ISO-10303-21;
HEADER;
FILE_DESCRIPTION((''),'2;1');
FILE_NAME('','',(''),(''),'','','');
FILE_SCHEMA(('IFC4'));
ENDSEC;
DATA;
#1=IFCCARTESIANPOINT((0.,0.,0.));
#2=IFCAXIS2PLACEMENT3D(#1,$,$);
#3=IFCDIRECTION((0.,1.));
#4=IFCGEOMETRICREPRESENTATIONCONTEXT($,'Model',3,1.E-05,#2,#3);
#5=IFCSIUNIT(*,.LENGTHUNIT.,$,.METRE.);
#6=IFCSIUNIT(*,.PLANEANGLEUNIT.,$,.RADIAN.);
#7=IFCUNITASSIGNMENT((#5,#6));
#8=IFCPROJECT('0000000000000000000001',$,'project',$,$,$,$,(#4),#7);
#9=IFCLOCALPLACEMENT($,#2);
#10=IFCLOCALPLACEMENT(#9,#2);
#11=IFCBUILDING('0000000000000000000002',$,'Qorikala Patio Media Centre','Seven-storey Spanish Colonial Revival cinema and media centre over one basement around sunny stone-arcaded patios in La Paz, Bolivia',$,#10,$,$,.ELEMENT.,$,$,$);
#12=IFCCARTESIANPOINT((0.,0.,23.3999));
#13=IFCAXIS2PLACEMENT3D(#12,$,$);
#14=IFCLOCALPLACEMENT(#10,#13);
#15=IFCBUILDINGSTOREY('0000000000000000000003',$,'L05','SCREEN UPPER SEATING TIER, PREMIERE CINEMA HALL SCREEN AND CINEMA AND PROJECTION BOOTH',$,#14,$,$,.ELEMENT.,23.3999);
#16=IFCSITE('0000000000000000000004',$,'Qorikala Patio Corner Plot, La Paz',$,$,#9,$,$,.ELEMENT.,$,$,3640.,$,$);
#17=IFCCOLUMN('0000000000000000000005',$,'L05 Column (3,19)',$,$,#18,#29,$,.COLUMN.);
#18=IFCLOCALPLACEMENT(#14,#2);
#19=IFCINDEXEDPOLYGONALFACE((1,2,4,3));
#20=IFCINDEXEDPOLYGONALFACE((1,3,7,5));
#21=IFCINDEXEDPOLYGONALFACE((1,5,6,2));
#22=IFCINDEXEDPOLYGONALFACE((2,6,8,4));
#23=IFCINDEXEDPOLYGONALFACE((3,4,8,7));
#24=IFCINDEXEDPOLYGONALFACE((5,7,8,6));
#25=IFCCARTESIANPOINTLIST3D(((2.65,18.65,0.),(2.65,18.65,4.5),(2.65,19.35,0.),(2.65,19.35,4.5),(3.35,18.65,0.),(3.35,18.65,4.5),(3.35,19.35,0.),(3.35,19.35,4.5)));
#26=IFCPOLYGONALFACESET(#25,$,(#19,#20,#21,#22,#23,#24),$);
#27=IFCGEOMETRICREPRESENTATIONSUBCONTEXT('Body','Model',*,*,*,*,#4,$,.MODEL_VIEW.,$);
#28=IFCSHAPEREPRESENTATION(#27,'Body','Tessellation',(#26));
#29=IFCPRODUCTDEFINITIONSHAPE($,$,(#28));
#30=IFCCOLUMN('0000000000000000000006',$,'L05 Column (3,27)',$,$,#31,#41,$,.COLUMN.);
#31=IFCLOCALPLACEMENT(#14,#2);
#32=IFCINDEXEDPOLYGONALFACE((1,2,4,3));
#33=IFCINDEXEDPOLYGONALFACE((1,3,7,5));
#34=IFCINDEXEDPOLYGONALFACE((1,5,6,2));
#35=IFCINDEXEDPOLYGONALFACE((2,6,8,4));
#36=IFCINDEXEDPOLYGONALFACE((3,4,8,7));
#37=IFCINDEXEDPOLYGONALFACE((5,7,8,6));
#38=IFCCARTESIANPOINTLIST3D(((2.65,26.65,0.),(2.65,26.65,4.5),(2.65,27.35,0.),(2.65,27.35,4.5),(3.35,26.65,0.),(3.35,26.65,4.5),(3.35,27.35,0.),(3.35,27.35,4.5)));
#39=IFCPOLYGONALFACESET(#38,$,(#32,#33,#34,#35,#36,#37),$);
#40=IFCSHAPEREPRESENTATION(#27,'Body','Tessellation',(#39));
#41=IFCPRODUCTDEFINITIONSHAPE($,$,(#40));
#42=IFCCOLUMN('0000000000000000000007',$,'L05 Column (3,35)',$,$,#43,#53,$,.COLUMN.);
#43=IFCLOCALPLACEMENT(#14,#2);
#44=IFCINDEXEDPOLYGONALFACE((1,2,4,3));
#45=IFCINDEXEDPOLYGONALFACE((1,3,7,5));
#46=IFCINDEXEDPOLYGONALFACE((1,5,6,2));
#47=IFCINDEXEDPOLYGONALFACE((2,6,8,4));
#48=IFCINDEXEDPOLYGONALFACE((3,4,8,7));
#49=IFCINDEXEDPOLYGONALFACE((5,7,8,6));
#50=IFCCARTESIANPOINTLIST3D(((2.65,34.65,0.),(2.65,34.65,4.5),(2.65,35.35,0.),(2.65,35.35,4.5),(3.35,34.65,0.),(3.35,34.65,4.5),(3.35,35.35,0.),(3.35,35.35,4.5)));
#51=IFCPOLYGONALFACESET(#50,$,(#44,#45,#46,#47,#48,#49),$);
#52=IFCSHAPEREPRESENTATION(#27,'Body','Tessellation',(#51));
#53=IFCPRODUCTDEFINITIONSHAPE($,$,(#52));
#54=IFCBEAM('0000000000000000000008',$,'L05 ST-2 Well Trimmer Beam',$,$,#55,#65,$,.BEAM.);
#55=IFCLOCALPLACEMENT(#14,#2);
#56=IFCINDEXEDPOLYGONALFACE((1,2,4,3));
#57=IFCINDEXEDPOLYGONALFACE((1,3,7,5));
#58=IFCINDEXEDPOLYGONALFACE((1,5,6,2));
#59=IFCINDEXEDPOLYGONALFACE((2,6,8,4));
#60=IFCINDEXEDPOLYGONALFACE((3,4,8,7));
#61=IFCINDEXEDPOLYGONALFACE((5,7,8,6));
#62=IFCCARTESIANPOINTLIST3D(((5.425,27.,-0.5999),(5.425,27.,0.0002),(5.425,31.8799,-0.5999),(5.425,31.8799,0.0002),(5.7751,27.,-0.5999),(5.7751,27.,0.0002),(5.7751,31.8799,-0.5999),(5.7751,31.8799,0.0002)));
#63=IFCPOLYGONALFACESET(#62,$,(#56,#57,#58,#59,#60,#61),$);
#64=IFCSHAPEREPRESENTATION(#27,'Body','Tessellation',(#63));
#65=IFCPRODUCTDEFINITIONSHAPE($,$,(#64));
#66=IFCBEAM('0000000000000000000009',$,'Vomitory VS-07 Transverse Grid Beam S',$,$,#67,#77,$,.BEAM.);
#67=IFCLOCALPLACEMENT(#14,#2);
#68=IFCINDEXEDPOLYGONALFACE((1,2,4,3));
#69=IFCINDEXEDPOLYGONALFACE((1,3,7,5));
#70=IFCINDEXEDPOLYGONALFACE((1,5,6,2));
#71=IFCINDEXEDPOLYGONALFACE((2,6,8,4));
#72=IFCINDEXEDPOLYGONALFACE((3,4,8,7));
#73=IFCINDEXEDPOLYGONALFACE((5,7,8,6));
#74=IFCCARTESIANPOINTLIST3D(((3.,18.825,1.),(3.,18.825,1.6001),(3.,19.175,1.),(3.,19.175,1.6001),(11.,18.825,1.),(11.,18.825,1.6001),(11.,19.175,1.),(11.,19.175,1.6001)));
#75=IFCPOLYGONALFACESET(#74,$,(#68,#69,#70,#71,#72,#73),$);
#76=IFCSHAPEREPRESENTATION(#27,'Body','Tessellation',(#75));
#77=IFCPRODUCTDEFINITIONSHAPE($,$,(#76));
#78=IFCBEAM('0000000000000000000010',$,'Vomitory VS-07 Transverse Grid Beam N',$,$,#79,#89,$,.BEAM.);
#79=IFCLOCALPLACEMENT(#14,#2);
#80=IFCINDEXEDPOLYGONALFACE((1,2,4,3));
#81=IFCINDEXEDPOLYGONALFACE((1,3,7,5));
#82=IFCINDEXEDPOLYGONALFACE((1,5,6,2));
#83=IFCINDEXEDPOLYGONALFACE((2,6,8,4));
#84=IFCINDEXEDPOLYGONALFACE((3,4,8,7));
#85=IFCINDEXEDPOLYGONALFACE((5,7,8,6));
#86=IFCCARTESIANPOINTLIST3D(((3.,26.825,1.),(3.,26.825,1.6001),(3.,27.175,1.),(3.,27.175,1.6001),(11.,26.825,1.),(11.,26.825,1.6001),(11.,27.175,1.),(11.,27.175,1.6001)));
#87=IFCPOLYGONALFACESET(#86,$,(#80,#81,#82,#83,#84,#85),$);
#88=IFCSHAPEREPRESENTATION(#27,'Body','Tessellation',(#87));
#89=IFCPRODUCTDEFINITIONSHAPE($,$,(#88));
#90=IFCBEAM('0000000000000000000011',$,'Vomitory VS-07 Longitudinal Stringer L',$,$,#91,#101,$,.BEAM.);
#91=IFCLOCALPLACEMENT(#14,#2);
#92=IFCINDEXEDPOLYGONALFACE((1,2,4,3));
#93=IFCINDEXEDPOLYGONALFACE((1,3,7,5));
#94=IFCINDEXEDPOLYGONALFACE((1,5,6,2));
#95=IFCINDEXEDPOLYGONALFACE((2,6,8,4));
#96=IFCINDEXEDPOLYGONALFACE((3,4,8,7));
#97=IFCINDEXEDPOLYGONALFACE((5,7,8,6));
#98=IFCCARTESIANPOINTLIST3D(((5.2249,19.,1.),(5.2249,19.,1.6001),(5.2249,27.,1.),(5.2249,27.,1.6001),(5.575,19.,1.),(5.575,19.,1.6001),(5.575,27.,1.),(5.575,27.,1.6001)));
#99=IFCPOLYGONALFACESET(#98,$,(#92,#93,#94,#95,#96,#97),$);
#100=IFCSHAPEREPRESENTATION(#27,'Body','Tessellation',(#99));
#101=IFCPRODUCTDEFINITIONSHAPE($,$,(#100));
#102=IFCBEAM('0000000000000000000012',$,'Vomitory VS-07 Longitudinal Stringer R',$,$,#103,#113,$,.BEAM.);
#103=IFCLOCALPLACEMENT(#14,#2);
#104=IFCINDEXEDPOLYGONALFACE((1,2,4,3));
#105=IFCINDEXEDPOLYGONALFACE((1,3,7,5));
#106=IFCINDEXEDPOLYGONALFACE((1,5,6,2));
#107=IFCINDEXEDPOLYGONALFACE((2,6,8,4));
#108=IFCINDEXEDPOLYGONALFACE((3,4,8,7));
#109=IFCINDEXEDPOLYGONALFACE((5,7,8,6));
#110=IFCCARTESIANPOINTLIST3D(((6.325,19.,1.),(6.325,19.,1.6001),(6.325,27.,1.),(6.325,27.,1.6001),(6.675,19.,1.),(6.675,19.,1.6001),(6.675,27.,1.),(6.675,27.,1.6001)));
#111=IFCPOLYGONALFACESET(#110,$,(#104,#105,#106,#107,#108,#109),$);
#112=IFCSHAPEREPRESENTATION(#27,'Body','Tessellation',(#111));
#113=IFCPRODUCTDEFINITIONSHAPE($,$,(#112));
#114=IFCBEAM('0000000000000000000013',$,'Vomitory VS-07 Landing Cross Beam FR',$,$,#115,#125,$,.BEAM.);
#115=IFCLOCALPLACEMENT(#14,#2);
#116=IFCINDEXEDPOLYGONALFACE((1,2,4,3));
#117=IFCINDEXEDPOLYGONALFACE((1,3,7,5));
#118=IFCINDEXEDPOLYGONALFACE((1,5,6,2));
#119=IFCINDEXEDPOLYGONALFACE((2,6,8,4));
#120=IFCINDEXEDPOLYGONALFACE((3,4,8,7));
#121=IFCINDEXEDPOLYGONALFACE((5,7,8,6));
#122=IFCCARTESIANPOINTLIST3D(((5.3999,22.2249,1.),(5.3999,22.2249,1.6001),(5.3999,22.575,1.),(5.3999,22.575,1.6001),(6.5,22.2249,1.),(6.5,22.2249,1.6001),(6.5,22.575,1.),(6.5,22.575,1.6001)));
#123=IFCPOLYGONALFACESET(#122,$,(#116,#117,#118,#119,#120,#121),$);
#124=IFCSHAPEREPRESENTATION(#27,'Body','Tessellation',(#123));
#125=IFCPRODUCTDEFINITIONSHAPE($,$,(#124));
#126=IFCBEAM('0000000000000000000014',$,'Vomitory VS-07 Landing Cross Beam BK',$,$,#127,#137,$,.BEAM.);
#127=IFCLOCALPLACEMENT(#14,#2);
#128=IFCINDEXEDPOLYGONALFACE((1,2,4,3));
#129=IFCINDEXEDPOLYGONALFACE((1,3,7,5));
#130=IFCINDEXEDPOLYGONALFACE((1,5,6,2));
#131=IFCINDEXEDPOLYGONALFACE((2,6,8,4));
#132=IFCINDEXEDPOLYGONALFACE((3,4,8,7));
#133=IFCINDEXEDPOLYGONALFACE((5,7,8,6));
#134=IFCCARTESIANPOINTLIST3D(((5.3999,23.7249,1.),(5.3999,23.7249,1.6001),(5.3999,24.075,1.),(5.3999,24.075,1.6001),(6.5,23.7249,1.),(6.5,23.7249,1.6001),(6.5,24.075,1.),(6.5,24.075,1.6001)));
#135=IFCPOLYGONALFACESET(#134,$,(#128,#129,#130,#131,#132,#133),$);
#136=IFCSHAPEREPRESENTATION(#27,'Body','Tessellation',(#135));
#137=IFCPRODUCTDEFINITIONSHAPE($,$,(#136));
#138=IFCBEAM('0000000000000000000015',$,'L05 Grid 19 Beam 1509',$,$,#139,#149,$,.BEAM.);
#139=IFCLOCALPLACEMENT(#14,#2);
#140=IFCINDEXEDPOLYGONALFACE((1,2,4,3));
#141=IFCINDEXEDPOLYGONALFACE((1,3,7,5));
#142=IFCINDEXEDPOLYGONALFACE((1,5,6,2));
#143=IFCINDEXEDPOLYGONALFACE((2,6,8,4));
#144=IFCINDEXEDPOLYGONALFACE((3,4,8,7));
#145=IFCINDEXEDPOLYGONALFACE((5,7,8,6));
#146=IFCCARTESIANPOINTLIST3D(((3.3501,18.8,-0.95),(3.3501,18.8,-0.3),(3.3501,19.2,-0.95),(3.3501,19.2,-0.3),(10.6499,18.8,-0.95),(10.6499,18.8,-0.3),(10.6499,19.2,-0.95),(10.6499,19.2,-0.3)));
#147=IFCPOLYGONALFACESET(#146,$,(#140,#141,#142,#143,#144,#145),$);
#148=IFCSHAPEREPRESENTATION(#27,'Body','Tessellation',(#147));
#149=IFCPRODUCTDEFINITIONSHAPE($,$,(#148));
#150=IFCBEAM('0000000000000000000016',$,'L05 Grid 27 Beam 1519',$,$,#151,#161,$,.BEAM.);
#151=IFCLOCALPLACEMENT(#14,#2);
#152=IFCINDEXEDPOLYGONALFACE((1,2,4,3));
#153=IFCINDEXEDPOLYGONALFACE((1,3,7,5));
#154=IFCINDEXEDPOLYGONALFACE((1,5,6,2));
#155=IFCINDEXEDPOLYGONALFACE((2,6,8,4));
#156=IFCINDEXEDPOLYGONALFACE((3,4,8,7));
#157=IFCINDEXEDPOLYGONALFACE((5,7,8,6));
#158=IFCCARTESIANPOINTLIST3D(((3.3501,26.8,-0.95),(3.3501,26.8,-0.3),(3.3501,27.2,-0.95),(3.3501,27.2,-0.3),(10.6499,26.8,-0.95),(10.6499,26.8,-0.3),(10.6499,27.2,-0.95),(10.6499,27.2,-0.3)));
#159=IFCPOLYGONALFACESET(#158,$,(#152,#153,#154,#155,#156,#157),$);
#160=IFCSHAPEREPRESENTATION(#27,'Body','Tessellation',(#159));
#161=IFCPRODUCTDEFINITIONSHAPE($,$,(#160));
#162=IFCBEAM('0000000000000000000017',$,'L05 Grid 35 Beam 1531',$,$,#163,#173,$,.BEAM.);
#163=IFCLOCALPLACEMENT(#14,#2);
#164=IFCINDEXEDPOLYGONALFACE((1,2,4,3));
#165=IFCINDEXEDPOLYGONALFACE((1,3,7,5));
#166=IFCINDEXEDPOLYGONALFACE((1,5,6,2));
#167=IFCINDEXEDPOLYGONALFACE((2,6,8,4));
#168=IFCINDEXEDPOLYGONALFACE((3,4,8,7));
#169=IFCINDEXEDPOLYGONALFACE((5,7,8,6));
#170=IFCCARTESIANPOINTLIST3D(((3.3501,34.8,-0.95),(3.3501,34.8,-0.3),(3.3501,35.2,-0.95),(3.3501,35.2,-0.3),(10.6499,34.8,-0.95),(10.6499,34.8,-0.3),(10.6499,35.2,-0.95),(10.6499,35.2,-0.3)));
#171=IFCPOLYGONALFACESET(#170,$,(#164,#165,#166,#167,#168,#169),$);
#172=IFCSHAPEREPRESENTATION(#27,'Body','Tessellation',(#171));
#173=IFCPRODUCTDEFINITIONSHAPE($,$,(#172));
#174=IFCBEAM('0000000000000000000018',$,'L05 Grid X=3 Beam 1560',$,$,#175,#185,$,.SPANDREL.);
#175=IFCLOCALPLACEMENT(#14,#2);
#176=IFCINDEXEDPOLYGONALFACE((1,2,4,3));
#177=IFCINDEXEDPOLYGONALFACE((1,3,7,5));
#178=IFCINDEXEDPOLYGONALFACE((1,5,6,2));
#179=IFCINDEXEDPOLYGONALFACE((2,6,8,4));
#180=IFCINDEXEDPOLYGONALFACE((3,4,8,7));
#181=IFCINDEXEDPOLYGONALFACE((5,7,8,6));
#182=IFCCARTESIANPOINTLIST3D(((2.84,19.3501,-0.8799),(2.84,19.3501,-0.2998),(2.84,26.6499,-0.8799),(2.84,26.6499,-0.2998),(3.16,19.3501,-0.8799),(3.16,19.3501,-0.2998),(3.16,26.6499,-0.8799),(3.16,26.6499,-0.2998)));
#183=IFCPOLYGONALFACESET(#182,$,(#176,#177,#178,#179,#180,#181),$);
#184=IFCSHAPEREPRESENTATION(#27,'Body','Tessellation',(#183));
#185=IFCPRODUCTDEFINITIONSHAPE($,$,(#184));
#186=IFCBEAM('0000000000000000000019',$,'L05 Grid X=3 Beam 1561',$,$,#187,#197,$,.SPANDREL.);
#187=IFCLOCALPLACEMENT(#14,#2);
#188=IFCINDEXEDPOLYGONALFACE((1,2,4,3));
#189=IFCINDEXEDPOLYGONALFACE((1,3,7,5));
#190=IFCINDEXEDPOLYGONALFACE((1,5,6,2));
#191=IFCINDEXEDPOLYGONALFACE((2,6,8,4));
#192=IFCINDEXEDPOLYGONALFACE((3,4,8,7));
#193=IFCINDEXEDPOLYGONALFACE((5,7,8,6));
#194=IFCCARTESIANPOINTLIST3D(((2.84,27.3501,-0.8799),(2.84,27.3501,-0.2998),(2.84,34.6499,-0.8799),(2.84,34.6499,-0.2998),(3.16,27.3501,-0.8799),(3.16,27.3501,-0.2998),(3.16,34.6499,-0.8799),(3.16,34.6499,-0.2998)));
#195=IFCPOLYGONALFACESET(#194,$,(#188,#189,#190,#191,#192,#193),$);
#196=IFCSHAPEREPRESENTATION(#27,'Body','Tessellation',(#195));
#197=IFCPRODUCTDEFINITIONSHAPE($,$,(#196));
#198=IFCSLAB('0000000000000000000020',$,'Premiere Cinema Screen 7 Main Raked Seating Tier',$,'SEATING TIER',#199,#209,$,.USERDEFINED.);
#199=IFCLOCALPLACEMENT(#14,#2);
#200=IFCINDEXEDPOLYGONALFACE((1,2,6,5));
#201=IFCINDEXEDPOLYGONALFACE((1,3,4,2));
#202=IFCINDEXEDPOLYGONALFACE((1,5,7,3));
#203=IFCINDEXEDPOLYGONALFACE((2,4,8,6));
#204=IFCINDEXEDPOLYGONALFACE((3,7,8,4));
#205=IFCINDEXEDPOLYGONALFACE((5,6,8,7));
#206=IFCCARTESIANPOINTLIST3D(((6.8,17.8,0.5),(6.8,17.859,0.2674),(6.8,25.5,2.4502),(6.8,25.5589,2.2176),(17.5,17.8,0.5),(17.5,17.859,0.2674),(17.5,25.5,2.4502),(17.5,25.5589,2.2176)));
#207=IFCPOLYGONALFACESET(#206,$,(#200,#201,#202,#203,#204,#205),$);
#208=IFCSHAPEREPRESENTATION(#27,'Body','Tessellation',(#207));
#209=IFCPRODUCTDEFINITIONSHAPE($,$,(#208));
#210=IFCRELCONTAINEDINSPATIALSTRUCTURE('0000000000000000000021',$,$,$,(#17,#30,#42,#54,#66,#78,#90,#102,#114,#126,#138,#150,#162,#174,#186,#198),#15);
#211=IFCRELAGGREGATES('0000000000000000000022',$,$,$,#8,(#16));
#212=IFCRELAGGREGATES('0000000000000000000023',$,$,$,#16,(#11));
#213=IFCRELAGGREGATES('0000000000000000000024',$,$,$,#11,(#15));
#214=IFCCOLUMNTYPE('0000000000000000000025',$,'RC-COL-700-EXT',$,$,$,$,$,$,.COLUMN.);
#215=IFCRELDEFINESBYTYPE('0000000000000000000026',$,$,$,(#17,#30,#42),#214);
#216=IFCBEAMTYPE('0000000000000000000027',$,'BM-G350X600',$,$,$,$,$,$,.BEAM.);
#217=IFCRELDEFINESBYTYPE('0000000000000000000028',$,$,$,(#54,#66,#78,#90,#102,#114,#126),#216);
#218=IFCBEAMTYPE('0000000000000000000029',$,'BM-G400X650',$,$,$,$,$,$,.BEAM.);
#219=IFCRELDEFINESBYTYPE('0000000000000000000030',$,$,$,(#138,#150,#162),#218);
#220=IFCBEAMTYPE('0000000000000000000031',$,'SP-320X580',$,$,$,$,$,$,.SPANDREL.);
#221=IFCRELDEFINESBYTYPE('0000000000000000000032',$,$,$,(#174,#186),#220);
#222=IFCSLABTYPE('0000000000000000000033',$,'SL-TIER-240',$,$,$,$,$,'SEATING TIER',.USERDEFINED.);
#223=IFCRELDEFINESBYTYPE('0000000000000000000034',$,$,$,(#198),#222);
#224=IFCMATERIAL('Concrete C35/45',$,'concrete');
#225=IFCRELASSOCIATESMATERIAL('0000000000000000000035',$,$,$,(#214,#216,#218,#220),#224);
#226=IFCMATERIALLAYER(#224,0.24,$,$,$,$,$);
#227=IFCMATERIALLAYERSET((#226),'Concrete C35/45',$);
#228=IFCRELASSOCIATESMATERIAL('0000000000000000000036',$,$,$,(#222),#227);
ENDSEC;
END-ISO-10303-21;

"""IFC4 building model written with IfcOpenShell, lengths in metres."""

from ifc_helpers import new_model, si_unit, direction, frame, origin, origin_2d, place, context, subcontext, project, spatial, polyline, rectangle, outline, extrude, material, layer, layer_set, material_profile, profile_set, type_object, element, save


model = new_model("IFC4")

# Units and contexts
model_context = context("Model", 3, precision=1e-05, world=origin(), true_north=direction((0.0, 1.0)))
body_context = subcontext(model_context, "Body", "Model", "MODEL_VIEW")
ifc_project = project(units=[si_unit("LENGTHUNIT", "METRE"), si_unit("PLANEANGLEUNIT", "RADIAN")], contexts=[model_context])

# Site, building, storey
site_placement = place(None, origin())
site = spatial("IfcSite", under=ifc_project, at=site_placement, Name="Qorikala Patio Corner Plot, La Paz", CompositionType="ELEMENT", RefElevation=3640.0)
building_placement = place(site_placement, origin())
building = spatial("IfcBuilding", under=site, at=building_placement, Name="Qorikala Patio Media Centre", Description="Seven-storey Spanish Colonial Revival cinema and media centre over one basement around sunny stone-arcaded patios in La Paz, Bolivia", CompositionType="ELEMENT")
storey_placement = place(building_placement, frame((0.0, 0.0, 23.3999)))
storey = spatial("IfcBuildingStorey", under=building, at=storey_placement, Name="L05", Description="SCREEN UPPER SEATING TIER, PREMIERE CINEMA HALL SCREEN AND CINEMA AND PROJECTION BOOTH", CompositionType="ELEMENT", Elevation=23.3999)

# Columns
ifc_material_1 = material(Name="Concrete C35/45", Category="concrete")
ifc_material_profile_1 = material_profile(ifc_material_1, rectangle(XDim=0.7, YDim=0.7, at=origin_2d()), Name="RC 700x700")
ifc_profile_set_1 = profile_set([ifc_material_profile_1], Name="Concrete C35/45")
column_type = type_object("IfcColumnType", Name="RC-COL-700-EXT", PredefinedType="COLUMN", material=ifc_profile_set_1)
for number, where, z_axis, x_axis, name in (
    (1, (3.0, 19.0, 0.0), (0.0, 0.0, 1.0), (1.0, 0.0, 0.0), "L05 Column (3,19)"),
    (2, (3.0, 27.0, 0.0), (0.0, 0.0, 1.0), (1.0, 0.0, 0.0), "L05 Column (3,27)"),
    (3, (3.0, 35.0, 0.0), (0.0, 0.0, 1.0), (1.0, 0.0, 0.0), "L05 Column (3,35)"),
):
    element("IfcColumn", number, at=place(storey_placement, frame(where, z_axis=z_axis, x_axis=x_axis)), inside=storey, type_object=column_type, Name=name, PredefinedType="COLUMN", context=body_context, shape_type="SweptSolid", body=[
        extrude(rectangle(XDim=0.7, YDim=0.7, at=origin_2d()), origin(), (0.0, 0.0, 1.0), 4.5),
    ])

# Beams
ifc_material_profile_2 = material_profile(ifc_material_1, rectangle(XDim=0.3501, YDim=0.6001, at=origin_2d()), Name="RC 350x600")
ifc_profile_set_2 = profile_set([ifc_material_profile_2], Name="Concrete C35/45")
beam_type_1 = type_object("IfcBeamType", Name="BM-G350X600", PredefinedType="BEAM", material=ifc_profile_set_2)
beam_placement = place(storey_placement, frame((5.6001, 27.0, -0.2998), z_axis=(0.0, 1.0, 0.0), x_axis=(-1.0, 0.0, 0.0)))
element("IfcBeam", 4, at=beam_placement, inside=storey, type_object=beam_type_1, Name="L05 ST-2 Well Trimmer Beam", PredefinedType="BEAM", context=body_context, shape_type="SweptSolid", body=[
    extrude(rectangle(XDim=0.3501, YDim=0.6001, at=origin_2d()), origin(), (0.0, 0.0, 1.0), 4.8799),
])
for number, where, z_axis, x_axis, name in (
    (5, (3.0, 19.0, 1.3), (1.0, 0.0, 0.0), (0.0, 1.0, 0.0), "Vomitory VS-07 Transverse Grid Beam S"),
    (6, (3.0, 27.0, 1.3), (1.0, 0.0, 0.0), (0.0, 1.0, 0.0), "Vomitory VS-07 Transverse Grid Beam N"),
    (7, (5.3999, 19.0, 1.3), (0.0, 1.0, 0.0), (-1.0, 0.0, 0.0), "Vomitory VS-07 Longitudinal Stringer L"),
    (8, (6.5, 19.0, 1.3), (0.0, 1.0, 0.0), (-1.0, 0.0, 0.0), "Vomitory VS-07 Longitudinal Stringer R"),
):
    element("IfcBeam", number, at=place(storey_placement, frame(where, z_axis=z_axis, x_axis=x_axis)), inside=storey, type_object=beam_type_1, Name=name, PredefinedType="BEAM", context=body_context, shape_type="SweptSolid", body=[
        extrude(rectangle(XDim=0.3501, YDim=0.6001, at=origin_2d()), origin(), (0.0, 0.0, 1.0), 8.0),
    ])
for number, where, z_axis, x_axis, name in (
    (9, (5.3999, 22.3999, 1.3), (1.0, 0.0, 0.0), (0.0, 1.0, 0.0), "Vomitory VS-07 Landing Cross Beam FR"),
    (10, (5.3999, 23.8999, 1.3), (1.0, 0.0, 0.0), (0.0, 1.0, 0.0), "Vomitory VS-07 Landing Cross Beam BK"),
):
    element("IfcBeam", number, at=place(storey_placement, frame(where, z_axis=z_axis, x_axis=x_axis)), inside=storey, type_object=beam_type_1, Name=name, PredefinedType="BEAM", context=body_context, shape_type="SweptSolid", body=[
        extrude(rectangle(XDim=0.3501, YDim=0.6001, at=origin_2d()), origin(), (0.0, 0.0, 1.0), 1.1001),
    ])
ifc_material_profile_3 = material_profile(ifc_material_1, rectangle(XDim=0.3999, YDim=0.6499, at=origin_2d()), Name="RC 400x650")
ifc_profile_set_3 = profile_set([ifc_material_profile_3], Name="Concrete C35/45")
beam_type_2 = type_object("IfcBeamType", Name="BM-G400X650", PredefinedType="BEAM", material=ifc_profile_set_3)
for number, where, z_axis, x_axis, name in (
    (11, (3.3501, 19.0, -0.625), (1.0, 0.0, 0.0), (0.0, 1.0, 0.0), "L05 Grid 19 Beam 1509"),
    (12, (3.3501, 27.0, -0.625), (1.0, 0.0, 0.0), (0.0, 1.0, 0.0), "L05 Grid 27 Beam 1519"),
    (13, (3.3501, 35.0, -0.625), (1.0, 0.0, 0.0), (0.0, 1.0, 0.0), "L05 Grid 35 Beam 1531"),
):
    element("IfcBeam", number, at=place(storey_placement, frame(where, z_axis=z_axis, x_axis=x_axis)), inside=storey, type_object=beam_type_2, Name=name, PredefinedType="BEAM", context=body_context, shape_type="SweptSolid", body=[
        extrude(rectangle(XDim=0.3999, YDim=0.6499, at=origin_2d()), origin(), (0.0, 0.0, 1.0), 7.2998),
    ])
ifc_material_profile_4 = material_profile(ifc_material_1, rectangle(XDim=0.3201, YDim=0.5801, at=origin_2d()), Name="RC 320x580")
ifc_profile_set_4 = profile_set([ifc_material_profile_4], Name="Concrete C35/45")
beam_type_3 = type_object("IfcBeamType", Name="SP-320X580", PredefinedType="SPANDREL", material=ifc_profile_set_4)
for number, where, z_axis, x_axis, name in (
    (14, (3.0, 19.3501, -0.5898), (0.0, 1.0, 0.0), (-1.0, 0.0, 0.0), "L05 Grid X=3 Beam 1560"),
    (15, (3.0, 27.3501, -0.5898), (0.0, 1.0, 0.0), (-1.0, 0.0, 0.0), "L05 Grid X=3 Beam 1561"),
):
    element("IfcBeam", number, at=place(storey_placement, frame(where, z_axis=z_axis, x_axis=x_axis)), inside=storey, type_object=beam_type_3, Name=name, PredefinedType="SPANDREL", context=body_context, shape_type="SweptSolid", body=[
        extrude(rectangle(XDim=0.3201, YDim=0.5801, at=origin_2d()), origin(), (0.0, 0.0, 1.0), 7.2998),
    ])

# Slab
ifc_layer_1 = layer(ifc_material_1, 0.24)
ifc_layer_set_1 = layer_set([ifc_layer_1], Name="Concrete C35/45")
slab_type = type_object("IfcSlabType", Name="SL-TIER-240", ElementType="SEATING TIER", PredefinedType="USERDEFINED", material=ifc_layer_set_1)
slab_placement = place(storey_placement, frame((6.8, 17.8, 0.5), z_axis=(0.0, -0.245521, 0.969391), x_axis=(1.0, 0.0, 0.0)))
element("IfcSlab", 16, at=slab_placement, inside=storey, type_object=slab_type, Name="Premiere Cinema Screen 7 Main Raked Seating Tier", ObjectType="SEATING TIER", PredefinedType="USERDEFINED", context=body_context, shape_type="SweptSolid", body=[
    extrude(outline(polyline([(0.0, 0.0), (10.7, 0.0), (10.7, 7.9431), (0.0, 7.9431), (0.0, 0.0)])), origin(), (0.0, 0.0, -1.0), 0.24),
])

save(model, "model.ifc")
